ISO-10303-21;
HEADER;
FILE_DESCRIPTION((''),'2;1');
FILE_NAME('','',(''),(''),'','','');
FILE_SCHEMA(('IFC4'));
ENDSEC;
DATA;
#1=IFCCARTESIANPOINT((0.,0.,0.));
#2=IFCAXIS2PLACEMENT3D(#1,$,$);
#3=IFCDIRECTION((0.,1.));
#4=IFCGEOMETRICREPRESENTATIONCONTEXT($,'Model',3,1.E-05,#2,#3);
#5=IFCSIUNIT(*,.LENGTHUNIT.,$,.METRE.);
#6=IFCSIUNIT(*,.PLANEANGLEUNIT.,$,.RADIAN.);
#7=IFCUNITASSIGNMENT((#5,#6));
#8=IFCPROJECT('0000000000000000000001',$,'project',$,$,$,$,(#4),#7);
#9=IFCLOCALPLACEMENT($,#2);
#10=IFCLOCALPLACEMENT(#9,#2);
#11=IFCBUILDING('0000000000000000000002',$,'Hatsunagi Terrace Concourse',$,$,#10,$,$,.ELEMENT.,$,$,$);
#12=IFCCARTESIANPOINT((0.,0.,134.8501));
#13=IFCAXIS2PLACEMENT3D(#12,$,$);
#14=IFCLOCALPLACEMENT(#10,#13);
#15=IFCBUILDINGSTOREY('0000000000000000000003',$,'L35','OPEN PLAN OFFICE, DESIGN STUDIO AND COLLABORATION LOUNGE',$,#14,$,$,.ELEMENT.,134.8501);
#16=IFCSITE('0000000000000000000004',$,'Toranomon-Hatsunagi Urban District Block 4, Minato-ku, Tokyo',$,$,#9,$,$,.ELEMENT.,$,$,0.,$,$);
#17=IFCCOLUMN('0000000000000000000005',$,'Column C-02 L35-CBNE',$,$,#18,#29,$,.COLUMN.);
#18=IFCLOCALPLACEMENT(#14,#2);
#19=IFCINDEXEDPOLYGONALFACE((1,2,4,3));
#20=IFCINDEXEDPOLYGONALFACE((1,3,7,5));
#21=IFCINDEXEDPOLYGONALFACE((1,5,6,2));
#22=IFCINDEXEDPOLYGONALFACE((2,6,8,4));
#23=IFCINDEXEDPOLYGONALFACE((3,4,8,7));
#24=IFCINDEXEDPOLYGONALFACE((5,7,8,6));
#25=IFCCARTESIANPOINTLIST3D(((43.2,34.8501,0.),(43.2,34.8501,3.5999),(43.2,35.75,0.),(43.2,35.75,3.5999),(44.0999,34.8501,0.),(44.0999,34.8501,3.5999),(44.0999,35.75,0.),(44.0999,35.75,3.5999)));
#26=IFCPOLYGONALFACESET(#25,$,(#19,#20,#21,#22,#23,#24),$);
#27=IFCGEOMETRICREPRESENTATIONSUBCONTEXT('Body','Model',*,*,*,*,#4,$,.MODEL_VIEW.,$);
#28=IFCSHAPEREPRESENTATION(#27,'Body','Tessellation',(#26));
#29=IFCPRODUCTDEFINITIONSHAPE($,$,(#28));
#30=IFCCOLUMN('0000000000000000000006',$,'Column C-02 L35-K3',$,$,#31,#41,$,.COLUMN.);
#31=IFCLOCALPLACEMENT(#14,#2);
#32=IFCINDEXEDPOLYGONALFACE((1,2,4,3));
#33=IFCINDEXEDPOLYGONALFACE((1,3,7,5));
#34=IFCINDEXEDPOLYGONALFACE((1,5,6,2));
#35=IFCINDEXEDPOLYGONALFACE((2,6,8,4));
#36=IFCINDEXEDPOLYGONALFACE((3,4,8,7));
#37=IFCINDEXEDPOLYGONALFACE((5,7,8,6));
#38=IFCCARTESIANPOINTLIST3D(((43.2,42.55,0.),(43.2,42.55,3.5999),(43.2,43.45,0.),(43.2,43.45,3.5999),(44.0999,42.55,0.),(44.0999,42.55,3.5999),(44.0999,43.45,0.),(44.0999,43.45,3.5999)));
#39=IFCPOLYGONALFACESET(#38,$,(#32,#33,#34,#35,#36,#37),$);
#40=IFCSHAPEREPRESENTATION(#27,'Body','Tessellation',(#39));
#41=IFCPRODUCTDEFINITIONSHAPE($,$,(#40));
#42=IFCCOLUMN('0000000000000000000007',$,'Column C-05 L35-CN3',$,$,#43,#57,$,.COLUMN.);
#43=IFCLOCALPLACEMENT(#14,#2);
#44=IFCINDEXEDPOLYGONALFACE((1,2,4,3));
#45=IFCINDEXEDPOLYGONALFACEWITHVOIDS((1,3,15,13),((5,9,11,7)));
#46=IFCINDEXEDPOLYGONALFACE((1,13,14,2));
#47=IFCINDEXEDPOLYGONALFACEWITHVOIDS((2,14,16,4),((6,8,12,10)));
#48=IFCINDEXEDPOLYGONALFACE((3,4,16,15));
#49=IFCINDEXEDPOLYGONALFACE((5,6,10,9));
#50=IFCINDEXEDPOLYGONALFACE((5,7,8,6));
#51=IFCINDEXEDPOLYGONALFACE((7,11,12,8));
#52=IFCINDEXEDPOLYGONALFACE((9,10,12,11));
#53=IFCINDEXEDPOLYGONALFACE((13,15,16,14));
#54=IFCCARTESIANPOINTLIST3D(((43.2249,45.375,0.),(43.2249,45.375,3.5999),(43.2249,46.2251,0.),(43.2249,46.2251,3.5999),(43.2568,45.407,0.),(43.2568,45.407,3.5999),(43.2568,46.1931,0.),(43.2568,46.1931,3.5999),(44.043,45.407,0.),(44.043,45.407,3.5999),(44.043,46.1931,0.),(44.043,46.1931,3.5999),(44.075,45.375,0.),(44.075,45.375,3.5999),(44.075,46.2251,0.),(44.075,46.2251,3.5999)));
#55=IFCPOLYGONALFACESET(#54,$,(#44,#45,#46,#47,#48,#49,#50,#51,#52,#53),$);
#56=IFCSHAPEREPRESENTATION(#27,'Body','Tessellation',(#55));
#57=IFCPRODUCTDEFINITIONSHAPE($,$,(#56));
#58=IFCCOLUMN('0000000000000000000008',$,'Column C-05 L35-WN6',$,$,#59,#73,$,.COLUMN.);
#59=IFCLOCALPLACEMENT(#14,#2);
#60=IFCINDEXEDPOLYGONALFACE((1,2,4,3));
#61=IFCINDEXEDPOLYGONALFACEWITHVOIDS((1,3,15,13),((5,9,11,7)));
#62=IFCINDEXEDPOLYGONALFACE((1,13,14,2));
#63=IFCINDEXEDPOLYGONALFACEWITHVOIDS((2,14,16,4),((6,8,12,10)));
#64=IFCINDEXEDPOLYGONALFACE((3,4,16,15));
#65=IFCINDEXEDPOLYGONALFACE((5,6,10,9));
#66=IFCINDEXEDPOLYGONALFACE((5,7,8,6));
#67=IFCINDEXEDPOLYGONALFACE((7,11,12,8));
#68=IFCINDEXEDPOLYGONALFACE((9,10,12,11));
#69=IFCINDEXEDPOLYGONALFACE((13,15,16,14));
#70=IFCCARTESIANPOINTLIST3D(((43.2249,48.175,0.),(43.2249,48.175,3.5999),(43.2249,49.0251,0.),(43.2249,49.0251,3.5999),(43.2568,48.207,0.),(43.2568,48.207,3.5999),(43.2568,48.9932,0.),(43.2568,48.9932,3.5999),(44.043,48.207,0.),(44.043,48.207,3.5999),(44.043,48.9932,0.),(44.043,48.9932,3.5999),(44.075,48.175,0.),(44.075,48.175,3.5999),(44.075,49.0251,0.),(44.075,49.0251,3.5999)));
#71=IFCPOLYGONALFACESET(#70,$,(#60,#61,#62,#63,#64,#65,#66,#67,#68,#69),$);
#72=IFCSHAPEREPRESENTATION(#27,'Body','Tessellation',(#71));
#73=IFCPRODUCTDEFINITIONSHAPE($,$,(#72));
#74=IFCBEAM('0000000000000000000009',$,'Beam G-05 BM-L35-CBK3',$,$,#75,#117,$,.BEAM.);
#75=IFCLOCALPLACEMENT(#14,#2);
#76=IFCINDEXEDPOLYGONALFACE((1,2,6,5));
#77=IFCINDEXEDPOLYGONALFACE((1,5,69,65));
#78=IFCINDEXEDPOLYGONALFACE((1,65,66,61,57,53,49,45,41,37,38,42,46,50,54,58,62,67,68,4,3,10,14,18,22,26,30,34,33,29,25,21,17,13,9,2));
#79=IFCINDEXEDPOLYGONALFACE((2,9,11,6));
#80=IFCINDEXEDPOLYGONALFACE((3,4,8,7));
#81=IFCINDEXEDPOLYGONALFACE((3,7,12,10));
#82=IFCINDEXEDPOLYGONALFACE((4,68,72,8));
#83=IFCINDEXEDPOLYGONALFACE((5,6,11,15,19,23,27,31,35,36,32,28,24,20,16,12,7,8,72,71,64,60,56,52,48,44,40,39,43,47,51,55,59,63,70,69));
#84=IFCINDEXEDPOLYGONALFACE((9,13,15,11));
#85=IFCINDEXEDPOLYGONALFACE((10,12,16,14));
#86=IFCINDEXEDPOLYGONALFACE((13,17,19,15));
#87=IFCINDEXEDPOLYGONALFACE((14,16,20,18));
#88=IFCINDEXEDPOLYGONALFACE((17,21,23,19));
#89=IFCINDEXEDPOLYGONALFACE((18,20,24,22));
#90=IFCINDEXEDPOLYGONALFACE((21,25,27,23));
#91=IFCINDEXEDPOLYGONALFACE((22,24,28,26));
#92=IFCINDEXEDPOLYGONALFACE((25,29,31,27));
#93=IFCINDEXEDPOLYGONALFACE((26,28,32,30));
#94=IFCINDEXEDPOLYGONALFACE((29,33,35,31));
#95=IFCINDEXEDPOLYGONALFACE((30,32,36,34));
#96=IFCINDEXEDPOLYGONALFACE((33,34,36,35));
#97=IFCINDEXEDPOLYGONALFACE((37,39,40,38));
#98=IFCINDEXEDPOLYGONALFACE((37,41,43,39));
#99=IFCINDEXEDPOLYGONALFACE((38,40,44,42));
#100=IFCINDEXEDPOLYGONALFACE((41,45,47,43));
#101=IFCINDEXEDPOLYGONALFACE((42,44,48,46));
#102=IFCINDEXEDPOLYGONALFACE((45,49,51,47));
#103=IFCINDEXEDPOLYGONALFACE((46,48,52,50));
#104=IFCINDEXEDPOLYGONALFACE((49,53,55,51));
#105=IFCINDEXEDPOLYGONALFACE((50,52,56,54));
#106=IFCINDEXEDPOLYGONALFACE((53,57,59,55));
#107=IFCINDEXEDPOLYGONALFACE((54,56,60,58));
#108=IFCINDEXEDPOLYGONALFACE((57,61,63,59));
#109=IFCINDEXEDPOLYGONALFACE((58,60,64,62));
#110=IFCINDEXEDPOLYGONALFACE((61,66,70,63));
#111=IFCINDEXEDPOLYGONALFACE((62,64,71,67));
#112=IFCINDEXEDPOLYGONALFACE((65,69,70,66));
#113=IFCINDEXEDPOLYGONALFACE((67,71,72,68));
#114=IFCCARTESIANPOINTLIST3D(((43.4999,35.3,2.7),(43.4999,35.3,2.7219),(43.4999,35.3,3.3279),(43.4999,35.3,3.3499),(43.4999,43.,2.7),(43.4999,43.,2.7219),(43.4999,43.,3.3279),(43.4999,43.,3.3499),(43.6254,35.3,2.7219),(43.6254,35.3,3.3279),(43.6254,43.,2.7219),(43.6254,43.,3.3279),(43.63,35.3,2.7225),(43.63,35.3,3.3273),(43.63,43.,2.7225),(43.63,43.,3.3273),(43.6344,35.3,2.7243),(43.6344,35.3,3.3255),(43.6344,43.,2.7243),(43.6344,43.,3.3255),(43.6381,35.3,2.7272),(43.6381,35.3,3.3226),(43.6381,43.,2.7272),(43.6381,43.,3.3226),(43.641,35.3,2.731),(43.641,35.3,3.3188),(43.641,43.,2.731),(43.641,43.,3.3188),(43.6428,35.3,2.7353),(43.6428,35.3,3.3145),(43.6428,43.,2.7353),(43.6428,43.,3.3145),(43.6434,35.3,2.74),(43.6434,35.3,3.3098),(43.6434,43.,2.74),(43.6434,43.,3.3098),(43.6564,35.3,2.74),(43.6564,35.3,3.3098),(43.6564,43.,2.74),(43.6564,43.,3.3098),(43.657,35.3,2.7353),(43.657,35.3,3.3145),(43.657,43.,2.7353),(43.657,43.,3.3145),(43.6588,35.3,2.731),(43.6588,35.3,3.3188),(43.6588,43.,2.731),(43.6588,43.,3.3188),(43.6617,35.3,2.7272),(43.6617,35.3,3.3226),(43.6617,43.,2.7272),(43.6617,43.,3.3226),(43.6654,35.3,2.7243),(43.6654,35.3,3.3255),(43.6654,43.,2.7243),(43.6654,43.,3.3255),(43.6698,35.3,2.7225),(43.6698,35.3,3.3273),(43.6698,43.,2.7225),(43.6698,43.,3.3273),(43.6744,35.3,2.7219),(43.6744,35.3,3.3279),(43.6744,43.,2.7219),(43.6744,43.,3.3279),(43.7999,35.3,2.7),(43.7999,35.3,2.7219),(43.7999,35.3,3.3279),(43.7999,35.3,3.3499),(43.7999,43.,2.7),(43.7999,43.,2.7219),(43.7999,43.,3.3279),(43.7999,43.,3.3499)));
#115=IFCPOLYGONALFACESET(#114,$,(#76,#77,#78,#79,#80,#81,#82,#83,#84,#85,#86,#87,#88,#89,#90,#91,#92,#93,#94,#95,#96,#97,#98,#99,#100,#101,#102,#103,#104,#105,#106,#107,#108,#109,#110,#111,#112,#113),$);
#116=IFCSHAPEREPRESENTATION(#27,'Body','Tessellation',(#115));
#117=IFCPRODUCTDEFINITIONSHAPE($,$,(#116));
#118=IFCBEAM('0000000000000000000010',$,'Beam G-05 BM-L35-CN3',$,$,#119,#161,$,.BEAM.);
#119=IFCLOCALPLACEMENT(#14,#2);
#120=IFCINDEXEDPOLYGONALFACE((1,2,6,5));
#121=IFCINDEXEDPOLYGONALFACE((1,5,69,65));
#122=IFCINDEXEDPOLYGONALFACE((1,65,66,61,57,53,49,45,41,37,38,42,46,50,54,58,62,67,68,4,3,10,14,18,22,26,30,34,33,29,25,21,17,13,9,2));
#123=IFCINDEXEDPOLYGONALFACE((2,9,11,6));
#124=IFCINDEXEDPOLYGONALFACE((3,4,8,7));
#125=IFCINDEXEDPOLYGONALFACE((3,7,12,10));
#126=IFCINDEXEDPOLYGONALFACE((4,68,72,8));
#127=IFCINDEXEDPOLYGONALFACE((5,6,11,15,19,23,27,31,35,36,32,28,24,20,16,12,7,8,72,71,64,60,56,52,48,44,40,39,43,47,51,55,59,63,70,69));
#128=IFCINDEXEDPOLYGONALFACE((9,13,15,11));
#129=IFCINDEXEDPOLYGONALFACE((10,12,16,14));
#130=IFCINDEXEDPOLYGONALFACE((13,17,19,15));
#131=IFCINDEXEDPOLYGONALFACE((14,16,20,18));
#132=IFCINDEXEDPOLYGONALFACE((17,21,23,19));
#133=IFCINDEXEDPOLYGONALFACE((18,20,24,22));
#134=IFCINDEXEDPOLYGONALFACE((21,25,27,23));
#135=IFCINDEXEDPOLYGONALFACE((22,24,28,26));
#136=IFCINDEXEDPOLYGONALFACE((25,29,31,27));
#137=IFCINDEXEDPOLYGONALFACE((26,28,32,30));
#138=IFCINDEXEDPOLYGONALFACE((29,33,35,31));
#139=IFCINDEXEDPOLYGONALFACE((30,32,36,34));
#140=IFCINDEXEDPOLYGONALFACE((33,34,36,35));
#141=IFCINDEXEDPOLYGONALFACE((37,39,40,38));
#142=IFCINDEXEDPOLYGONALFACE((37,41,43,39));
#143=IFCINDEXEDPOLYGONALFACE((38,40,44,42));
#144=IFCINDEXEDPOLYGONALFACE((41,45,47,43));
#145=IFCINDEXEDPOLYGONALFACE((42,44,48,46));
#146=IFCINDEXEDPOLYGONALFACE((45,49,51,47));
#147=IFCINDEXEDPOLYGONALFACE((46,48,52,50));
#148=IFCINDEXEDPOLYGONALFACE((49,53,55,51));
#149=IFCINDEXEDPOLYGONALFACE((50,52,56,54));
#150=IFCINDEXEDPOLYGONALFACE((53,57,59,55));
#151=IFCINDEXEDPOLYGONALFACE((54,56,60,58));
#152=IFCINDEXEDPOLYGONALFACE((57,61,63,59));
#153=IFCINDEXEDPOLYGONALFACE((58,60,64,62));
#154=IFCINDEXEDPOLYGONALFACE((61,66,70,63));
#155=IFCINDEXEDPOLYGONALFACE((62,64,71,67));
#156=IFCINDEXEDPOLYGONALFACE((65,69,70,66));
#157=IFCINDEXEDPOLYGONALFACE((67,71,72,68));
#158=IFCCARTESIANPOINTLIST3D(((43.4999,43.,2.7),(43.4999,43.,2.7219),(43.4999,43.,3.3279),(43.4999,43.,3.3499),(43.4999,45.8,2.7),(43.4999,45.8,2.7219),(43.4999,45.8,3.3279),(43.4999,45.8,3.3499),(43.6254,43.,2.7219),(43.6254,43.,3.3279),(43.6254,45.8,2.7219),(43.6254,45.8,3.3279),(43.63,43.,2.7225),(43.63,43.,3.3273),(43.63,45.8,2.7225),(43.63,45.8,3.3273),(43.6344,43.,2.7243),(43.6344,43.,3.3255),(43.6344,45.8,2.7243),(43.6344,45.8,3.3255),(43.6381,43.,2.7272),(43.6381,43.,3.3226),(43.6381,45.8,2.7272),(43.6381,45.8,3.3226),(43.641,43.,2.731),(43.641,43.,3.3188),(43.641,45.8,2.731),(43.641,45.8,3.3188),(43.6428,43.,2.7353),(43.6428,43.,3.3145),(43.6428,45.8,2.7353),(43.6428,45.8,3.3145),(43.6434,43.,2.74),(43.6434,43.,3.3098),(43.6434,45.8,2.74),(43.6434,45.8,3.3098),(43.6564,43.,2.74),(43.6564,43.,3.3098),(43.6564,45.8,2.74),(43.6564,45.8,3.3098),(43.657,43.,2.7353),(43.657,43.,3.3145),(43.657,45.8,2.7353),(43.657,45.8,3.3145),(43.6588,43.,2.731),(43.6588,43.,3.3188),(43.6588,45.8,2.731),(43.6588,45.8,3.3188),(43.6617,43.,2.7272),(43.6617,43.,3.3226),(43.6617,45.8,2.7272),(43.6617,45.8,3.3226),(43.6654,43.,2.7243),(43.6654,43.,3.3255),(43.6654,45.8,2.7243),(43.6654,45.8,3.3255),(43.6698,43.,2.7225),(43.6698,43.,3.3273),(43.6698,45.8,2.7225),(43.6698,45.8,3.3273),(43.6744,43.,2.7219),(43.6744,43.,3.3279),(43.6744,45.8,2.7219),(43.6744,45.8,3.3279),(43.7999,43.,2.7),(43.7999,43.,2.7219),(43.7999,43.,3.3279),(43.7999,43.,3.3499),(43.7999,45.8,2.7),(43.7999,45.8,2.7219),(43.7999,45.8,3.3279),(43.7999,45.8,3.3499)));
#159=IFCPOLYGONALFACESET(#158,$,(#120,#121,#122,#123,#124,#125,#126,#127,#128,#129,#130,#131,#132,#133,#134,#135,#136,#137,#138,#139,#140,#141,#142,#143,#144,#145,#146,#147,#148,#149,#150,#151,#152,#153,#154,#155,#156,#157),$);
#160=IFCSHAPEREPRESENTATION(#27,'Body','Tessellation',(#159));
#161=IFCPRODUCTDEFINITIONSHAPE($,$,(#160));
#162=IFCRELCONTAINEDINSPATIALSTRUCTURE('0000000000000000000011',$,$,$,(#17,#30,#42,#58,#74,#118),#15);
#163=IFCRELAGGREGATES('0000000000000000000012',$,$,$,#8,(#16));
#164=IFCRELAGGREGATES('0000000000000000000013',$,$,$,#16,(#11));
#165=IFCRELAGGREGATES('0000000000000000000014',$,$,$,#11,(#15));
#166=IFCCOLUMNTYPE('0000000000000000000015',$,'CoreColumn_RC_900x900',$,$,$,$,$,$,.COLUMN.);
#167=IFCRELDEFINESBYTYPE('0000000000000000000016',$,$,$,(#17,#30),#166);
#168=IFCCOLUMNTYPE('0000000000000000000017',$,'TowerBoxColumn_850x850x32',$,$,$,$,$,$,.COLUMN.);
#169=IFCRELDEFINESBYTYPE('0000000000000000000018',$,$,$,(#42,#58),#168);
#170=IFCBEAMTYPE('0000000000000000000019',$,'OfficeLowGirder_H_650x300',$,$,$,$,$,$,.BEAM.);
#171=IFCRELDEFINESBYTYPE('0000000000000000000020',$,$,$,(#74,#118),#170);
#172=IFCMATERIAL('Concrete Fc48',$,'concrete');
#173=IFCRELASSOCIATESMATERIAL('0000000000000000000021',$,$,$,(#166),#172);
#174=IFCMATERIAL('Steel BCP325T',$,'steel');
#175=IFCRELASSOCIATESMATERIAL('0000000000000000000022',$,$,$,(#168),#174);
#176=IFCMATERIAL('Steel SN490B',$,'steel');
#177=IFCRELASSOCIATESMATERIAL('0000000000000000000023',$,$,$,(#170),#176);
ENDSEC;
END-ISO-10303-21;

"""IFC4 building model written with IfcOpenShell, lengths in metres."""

from ifc_helpers import new_model, si_unit, direction, frame, origin, origin_2d, place, context, subcontext, project, spatial, rectangle, hollow_rectangle, i_section, extrude, material, material_profile, profile_set, type_object, element, save


model = new_model("IFC4")

# Units and contexts
model_context = context("Model", 3, precision=1e-05, world=origin(), true_north=direction((0.0, 1.0)))
body_context = subcontext(model_context, "Body", "Model", "MODEL_VIEW")
ifc_project = project(units=[si_unit("LENGTHUNIT", "METRE"), si_unit("PLANEANGLEUNIT", "RADIAN")], contexts=[model_context])

# Site, building, storey
site_placement = place(None, origin())
site = spatial("IfcSite", under=ifc_project, at=site_placement, Name="Toranomon-Hatsunagi Urban District Block 4, Minato-ku, Tokyo", CompositionType="ELEMENT", RefElevation=0.0)
building_placement = place(site_placement, origin())
building = spatial("IfcBuilding", under=site, at=building_placement, Name="Hatsunagi Terrace Concourse", CompositionType="ELEMENT")
storey_placement = place(building_placement, frame((0.0, 0.0, 134.8501)))
storey = spatial("IfcBuildingStorey", under=building, at=storey_placement, Name="L35", Description="OPEN PLAN OFFICE, DESIGN STUDIO AND COLLABORATION LOUNGE", CompositionType="ELEMENT", Elevation=134.8501)

# Columns
ifc_material_1 = material(Name="Concrete Fc48", Category="concrete")
ifc_material_profile_1 = material_profile(ifc_material_1, rectangle(XDim=0.8999, YDim=0.8999, at=origin_2d()), Name="RC-900x900")
ifc_profile_set_1 = profile_set([ifc_material_profile_1], Name="Concrete Fc48")
column_type_1 = type_object("IfcColumnType", Name="CoreColumn_RC_900x900", PredefinedType="COLUMN", material=ifc_profile_set_1)
for number, where, z_axis, x_axis, name in (
    (1, (43.6499, 35.3, 0.0), (0.0, 0.0, 1.0), (1.0, 0.0, 0.0), "Column C-02 L35-CBNE"),
    (2, (43.6499, 43.0, 0.0), (0.0, 0.0, 1.0), (1.0, 0.0, 0.0), "Column C-02 L35-K3"),
):
    element("IfcColumn", number, at=place(storey_placement, frame(where, z_axis=z_axis, x_axis=x_axis)), inside=storey, type_object=column_type_1, Name=name, PredefinedType="COLUMN", context=body_context, shape_type="SweptSolid", body=[
        extrude(rectangle(XDim=0.8999, YDim=0.8999, at=origin_2d()), origin(), (0.0, 0.0, 1.0), 3.5999),
    ])
ifc_material_2 = material(Name="Steel BCP325T", Category="steel")
ifc_material_profile_2 = material_profile(ifc_material_2, hollow_rectangle(XDim=0.8501, YDim=0.8501, WallThickness=0.032, at=origin_2d()), Name="BCP-850x850x32")
ifc_profile_set_2 = profile_set([ifc_material_profile_2], Name="Steel BCP325T")
column_type_2 = type_object("IfcColumnType", Name="TowerBoxColumn_850x850x32", PredefinedType="COLUMN", material=ifc_profile_set_2)
for number, where, z_axis, x_axis, name in (
    (3, (43.6499, 45.8, 0.0), (0.0, 0.0, 1.0), (1.0, 0.0, 0.0), "Column C-05 L35-CN3"),
    (4, (43.6499, 48.6001, 0.0), (0.0, 0.0, 1.0), (1.0, 0.0, 0.0), "Column C-05 L35-WN6"),
):
    element("IfcColumn", number, at=place(storey_placement, frame(where, z_axis=z_axis, x_axis=x_axis)), inside=storey, type_object=column_type_2, Name=name, PredefinedType="COLUMN", context=body_context, shape_type="SweptSolid", body=[
        extrude(hollow_rectangle(XDim=0.8501, YDim=0.8501, WallThickness=0.032, at=origin_2d()), origin(), (0.0, 0.0, 1.0), 3.5999),
    ])

# Beams
ifc_material_3 = material(Name="Steel SN490B", Category="steel")
ifc_material_profile_3 = material_profile(ifc_material_3, i_section(OverallWidth=0.3, OverallDepth=0.6499, WebThickness=0.0129, FlangeThickness=0.022, FilletRadius=0.0181, at=origin_2d()), Name="H-650x300x13x22")
ifc_profile_set_3 = profile_set([ifc_material_profile_3], Name="Steel SN490B")
beam_type_1 = type_object("IfcBeamType", Name="OfficeLowGirder_H_650x300", PredefinedType="BEAM", material=ifc_profile_set_3)
beam_1_placement = place(storey_placement, frame((43.6499, 35.3, 3.0249), z_axis=(0.0, 1.0, 0.0), x_axis=(-1.0, 0.0, 0.0)))
element("IfcBeam", 5, at=beam_1_placement, inside=storey, type_object=beam_type_1, Name="Beam G-05 BM-L35-CBK3", PredefinedType="BEAM", context=body_context, shape_type="SweptSolid", body=[
    extrude(i_section(OverallWidth=0.3, OverallDepth=0.6499, WebThickness=0.0129, FlangeThickness=0.022, FilletRadius=0.0181, at=origin_2d()), origin(), (0.0, 0.0, 1.0), 7.7),
])
for number, where, z_axis, x_axis, name in (
    (6, (43.6499, 43.0, 3.0249), (0.0, 1.0, 0.0), (-1.0, 0.0, 0.0), "Beam G-05 BM-L35-CN3"),
):
    element("IfcBeam", number, at=place(storey_placement, frame(where, z_axis=z_axis, x_axis=x_axis)), inside=storey, type_object=beam_type_1, Name=name, PredefinedType="BEAM", context=body_context, shape_type="SweptSolid", body=[
        extrude(i_section(OverallWidth=0.3, OverallDepth=0.6499, WebThickness=0.0129, FlangeThickness=0.022, FilletRadius=0.0181, at=origin_2d()), origin(), (0.0, 0.0, 1.0), 2.8),
    ])

save(model, "model.ifc")
